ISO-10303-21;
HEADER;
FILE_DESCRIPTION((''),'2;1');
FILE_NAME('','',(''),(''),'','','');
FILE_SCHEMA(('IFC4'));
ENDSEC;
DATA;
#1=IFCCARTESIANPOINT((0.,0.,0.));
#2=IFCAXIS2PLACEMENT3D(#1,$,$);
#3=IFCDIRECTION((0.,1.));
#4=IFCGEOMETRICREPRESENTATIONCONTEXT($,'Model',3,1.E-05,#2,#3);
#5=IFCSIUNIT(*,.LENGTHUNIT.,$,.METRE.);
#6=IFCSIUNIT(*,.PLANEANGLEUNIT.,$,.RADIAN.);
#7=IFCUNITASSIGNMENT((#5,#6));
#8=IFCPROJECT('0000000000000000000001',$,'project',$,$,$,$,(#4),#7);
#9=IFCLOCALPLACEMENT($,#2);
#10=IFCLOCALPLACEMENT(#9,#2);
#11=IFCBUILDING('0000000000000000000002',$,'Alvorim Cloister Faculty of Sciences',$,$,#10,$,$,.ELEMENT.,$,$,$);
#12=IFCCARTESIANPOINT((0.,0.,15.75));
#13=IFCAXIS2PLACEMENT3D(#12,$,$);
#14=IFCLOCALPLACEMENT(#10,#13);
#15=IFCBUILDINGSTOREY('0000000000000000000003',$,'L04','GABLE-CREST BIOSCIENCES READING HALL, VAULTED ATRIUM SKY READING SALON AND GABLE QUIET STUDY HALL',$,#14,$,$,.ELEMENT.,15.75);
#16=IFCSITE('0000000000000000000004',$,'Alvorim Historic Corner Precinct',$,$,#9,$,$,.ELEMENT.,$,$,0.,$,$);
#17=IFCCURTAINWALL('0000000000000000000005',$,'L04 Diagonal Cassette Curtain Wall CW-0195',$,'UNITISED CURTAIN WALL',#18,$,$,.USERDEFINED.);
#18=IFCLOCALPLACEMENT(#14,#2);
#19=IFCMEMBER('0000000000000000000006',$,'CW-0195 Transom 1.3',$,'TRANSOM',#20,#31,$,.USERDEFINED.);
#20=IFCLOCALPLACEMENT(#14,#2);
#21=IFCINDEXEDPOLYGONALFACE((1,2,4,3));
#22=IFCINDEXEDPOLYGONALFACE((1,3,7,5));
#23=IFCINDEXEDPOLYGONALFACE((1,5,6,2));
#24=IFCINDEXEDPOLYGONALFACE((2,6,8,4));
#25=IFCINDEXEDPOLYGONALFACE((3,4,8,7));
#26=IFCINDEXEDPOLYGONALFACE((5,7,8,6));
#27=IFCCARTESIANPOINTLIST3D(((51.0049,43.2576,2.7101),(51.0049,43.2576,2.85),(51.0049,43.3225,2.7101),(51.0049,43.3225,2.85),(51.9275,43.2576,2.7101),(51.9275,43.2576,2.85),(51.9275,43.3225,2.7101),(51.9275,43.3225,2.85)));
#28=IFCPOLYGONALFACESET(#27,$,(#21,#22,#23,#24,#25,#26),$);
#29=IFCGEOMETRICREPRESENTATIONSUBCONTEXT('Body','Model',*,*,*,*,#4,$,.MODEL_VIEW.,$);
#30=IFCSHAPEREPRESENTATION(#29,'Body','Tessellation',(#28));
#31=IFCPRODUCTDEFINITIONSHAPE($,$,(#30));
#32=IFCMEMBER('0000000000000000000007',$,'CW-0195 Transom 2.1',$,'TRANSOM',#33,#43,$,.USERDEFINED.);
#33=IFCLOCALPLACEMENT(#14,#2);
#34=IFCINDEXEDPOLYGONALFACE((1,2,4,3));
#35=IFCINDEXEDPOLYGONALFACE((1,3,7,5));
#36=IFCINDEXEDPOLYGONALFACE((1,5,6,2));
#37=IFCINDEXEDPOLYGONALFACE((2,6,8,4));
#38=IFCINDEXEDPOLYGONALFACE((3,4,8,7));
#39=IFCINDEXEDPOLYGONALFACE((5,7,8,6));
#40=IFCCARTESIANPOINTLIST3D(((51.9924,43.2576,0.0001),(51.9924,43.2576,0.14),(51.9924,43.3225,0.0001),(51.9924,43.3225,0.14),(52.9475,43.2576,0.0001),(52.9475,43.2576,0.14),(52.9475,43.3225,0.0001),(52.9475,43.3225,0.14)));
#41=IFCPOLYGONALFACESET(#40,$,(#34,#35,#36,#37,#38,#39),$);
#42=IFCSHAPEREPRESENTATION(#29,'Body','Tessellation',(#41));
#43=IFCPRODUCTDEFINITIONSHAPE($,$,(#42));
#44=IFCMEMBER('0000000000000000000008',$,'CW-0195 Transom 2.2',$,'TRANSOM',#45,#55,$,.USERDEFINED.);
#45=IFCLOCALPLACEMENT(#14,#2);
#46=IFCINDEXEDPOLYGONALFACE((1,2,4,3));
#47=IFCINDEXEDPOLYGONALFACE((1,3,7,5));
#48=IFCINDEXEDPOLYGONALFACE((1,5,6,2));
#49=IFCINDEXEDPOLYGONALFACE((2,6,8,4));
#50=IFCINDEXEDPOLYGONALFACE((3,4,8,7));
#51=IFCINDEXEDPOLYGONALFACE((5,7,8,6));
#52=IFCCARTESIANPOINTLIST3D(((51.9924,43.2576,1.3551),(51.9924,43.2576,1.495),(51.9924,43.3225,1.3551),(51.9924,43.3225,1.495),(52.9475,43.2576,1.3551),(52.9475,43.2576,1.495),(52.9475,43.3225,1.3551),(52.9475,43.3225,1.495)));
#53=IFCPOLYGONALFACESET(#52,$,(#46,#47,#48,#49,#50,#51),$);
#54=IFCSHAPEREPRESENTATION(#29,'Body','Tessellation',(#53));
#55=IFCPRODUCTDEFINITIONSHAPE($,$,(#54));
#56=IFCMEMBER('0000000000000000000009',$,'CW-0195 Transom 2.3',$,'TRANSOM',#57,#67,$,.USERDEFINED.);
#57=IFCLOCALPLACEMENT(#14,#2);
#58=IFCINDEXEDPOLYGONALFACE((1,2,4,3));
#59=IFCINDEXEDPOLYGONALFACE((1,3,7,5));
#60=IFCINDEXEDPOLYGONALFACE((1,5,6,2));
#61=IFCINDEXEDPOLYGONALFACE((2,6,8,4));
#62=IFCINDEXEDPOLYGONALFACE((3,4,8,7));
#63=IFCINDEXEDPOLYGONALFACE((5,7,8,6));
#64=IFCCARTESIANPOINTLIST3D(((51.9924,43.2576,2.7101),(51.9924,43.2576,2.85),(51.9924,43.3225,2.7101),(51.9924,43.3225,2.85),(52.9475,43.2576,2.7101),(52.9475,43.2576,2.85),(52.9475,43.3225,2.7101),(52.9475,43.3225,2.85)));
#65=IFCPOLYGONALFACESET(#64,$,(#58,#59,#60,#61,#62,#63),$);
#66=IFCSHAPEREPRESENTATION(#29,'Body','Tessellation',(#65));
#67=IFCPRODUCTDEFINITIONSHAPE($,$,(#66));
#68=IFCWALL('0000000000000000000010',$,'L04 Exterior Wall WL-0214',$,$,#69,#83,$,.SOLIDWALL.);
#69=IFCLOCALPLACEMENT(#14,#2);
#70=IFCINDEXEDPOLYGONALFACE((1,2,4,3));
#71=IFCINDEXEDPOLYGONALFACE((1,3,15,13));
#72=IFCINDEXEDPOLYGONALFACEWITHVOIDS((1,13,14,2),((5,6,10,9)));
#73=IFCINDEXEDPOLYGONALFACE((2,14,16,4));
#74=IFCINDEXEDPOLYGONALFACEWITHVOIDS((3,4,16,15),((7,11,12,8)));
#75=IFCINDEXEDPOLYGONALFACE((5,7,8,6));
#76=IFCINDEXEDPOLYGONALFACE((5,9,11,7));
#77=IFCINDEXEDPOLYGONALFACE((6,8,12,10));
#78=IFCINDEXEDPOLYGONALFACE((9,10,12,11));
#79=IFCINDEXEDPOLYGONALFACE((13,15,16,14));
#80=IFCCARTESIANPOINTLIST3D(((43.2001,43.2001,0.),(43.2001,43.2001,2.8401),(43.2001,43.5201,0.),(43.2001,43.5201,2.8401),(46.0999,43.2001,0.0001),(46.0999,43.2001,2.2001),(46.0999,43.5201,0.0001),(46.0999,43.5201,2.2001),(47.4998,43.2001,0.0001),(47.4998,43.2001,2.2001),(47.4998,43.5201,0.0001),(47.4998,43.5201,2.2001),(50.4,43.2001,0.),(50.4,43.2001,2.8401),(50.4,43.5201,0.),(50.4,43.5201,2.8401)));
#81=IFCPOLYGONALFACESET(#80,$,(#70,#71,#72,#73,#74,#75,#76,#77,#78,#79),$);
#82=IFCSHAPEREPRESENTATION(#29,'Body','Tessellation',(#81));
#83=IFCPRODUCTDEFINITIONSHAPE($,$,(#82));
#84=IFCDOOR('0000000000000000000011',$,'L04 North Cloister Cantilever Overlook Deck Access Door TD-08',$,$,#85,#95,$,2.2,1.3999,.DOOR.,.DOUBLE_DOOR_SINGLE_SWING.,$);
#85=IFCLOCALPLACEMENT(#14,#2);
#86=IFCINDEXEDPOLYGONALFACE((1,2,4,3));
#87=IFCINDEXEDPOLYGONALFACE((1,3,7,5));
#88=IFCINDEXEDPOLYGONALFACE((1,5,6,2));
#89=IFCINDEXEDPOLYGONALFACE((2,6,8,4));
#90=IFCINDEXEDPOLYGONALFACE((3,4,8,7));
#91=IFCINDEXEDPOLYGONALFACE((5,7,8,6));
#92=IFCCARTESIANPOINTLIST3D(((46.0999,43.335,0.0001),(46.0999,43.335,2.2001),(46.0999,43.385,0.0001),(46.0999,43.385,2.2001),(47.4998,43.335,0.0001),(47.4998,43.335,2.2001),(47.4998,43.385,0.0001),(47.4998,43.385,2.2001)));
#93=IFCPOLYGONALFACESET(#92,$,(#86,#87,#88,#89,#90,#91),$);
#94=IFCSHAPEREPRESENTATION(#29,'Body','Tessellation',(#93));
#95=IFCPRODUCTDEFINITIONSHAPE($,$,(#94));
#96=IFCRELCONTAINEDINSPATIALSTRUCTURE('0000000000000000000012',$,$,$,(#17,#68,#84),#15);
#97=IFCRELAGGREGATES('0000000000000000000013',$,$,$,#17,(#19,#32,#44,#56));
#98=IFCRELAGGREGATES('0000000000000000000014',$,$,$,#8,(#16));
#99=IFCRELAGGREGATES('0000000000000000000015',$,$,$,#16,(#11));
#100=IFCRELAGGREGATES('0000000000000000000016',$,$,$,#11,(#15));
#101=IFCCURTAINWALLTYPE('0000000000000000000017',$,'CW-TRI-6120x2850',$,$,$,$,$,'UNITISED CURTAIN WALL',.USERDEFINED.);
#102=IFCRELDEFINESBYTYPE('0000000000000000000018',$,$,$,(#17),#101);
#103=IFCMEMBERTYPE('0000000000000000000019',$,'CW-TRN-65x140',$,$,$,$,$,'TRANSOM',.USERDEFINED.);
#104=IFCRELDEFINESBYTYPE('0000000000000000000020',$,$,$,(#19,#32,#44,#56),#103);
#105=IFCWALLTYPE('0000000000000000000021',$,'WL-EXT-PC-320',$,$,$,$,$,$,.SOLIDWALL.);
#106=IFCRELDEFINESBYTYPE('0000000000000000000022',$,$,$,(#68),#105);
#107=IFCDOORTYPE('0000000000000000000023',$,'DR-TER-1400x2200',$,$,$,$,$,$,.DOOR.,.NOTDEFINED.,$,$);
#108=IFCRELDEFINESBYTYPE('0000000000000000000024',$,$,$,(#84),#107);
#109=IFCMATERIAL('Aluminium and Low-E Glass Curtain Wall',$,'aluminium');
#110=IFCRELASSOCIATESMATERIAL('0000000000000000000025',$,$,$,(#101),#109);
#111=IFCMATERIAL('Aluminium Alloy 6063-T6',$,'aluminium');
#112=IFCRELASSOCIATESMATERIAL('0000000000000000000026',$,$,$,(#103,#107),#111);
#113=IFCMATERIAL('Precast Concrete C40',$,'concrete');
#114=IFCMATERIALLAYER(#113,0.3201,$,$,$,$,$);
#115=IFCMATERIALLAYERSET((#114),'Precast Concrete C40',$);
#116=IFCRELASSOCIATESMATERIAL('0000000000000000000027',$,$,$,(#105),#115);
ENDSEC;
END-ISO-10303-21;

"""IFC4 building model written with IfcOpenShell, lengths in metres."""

from ifc_helpers import new_model, si_unit, direction, frame, frame_2d, origin, origin_2d, place, context, subcontext, project, spatial, rectangle, extrude, material, layer, layer_set, material_profile, profile_set, type_object, element, fill, aggregate, save


model = new_model("IFC4")

# Units and contexts
model_context = context("Model", 3, precision=1e-05, world=origin(), true_north=direction((0.0, 1.0)))
body_context = subcontext(model_context, "Body", "Model", "MODEL_VIEW")
ifc_project = project(units=[si_unit("LENGTHUNIT", "METRE"), si_unit("PLANEANGLEUNIT", "RADIAN")], contexts=[model_context])

# Site, building, storey
site_placement = place(None, origin())
site = spatial("IfcSite", under=ifc_project, at=site_placement, Name="Alvorim Historic Corner Precinct", CompositionType="ELEMENT", RefElevation=0.0)
building_placement = place(site_placement, origin())
building = spatial("IfcBuilding", under=site, at=building_placement, Name="Alvorim Cloister Faculty of Sciences", CompositionType="ELEMENT")
storey_placement = place(building_placement, frame((0.0, 0.0, 15.75)))
storey = spatial("IfcBuildingStorey", under=building, at=storey_placement, Name="L04", Description="GABLE-CREST BIOSCIENCES READING HALL, VAULTED ATRIUM SKY READING SALON AND GABLE QUIET STUDY HALL", CompositionType="ELEMENT", Elevation=15.75)

# Curtain wall, members
ifc_material_1 = material(Name="Aluminium and Low-E Glass Curtain Wall", Category="aluminium")
curtain_wall_type = type_object("IfcCurtainWallType", Name="CW-TRI-6120x2850", ElementType="UNITISED CURTAIN WALL", PredefinedType="USERDEFINED", material=ifc_material_1)
curtain_wall_placement = place(storey_placement, origin())
curtain_wall = element("IfcCurtainWall", 1, at=curtain_wall_placement, inside=storey, type_object=curtain_wall_type, Name="L04 Diagonal Cassette Curtain Wall CW-0195", ObjectType="UNITISED CURTAIN WALL", PredefinedType="USERDEFINED")
ifc_material_2 = material(Name="Aluminium Alloy 6063-T6", Category="aluminium")
ifc_material_profile_1 = material_profile(ifc_material_2, rectangle(XDim=0.0649, YDim=0.1399, at=origin_2d()), Name="ALU-TRN-65x140")
ifc_profile_set_1 = profile_set([ifc_material_profile_1], Name="Aluminium Alloy 6063-T6")
member_type_1 = type_object("IfcMemberType", Name="CW-TRN-65x140", ElementType="TRANSOM", PredefinedType="USERDEFINED", material=ifc_profile_set_1)
member_1_placement = place(storey_placement, frame((51.0049, 43.29, 2.78), z_axis=(1.0, 0.0, 0.0), x_axis=(0.0, 1.0, 0.0)))
member_1 = element("IfcMember", 2, at=member_1_placement, type_object=member_type_1, Name="CW-0195 Transom 1.3", ObjectType="TRANSOM", PredefinedType="USERDEFINED", context=body_context, shape_type="SweptSolid", body=[
    extrude(rectangle(XDim=0.0649, YDim=0.1399, at=origin_2d()), origin(), (0.0, 0.0, 1.0), 0.9226),
])
member_2_placement = place(storey_placement, frame((51.9924, 43.29, 0.0701), z_axis=(1.0, 0.0, 0.0), x_axis=(0.0, 1.0, 0.0)))
member_2 = element("IfcMember", 3, at=member_2_placement, type_object=member_type_1, Name="CW-0195 Transom 2.1", ObjectType="TRANSOM", PredefinedType="USERDEFINED", context=body_context, shape_type="SweptSolid", body=[
    extrude(rectangle(XDim=0.0649, YDim=0.1399, at=origin_2d()), origin(), (0.0, 0.0, 1.0), 0.9551),
])
member_3_placement = place(storey_placement, frame((51.9924, 43.29, 1.425), z_axis=(1.0, 0.0, 0.0), x_axis=(0.0, 1.0, 0.0)))
member_3 = element("IfcMember", 4, at=member_3_placement, type_object=member_type_1, Name="CW-0195 Transom 2.2", ObjectType="TRANSOM", PredefinedType="USERDEFINED", context=body_context, shape_type="SweptSolid", body=[
    extrude(rectangle(XDim=0.0649, YDim=0.1399, at=origin_2d()), origin(), (0.0, 0.0, 1.0), 0.9551),
])
member_4_placement = place(storey_placement, frame((51.9924, 43.29, 2.78), z_axis=(1.0, 0.0, 0.0), x_axis=(0.0, 1.0, 0.0)))
member_4 = element("IfcMember", 5, at=member_4_placement, type_object=member_type_1, Name="CW-0195 Transom 2.3", ObjectType="TRANSOM", PredefinedType="USERDEFINED", context=body_context, shape_type="SweptSolid", body=[
    extrude(rectangle(XDim=0.0649, YDim=0.1399, at=origin_2d()), origin(), (0.0, 0.0, 1.0), 0.9551),
])
aggregate(curtain_wall, [member_1, member_2, member_3, member_4])

# Wall, opening, door
ifc_material_3 = material(Name="Precast Concrete C40", Category="concrete")
ifc_layer = layer(ifc_material_3, 0.3201)
ifc_layer_set = layer_set([ifc_layer], Name="Precast Concrete C40")
wall_type = type_object("IfcWallType", Name="WL-EXT-PC-320", PredefinedType="SOLIDWALL", material=ifc_layer_set)
wall_placement = place(storey_placement, frame((43.2, 43.3601, 0.0), z_axis=(0.0, 0.0, 1.0), x_axis=(1.0, 0.0, 0.0)))
wall = element("IfcWall", 6, at=wall_placement, inside=storey, type_object=wall_type, Name="L04 Exterior Wall WL-0214", PredefinedType="SOLIDWALL", context=body_context, shape_type="SweptSolid", body=[
    extrude(rectangle(XDim=7.2, YDim=0.3201, at=frame_2d((3.6001, 0.0))), origin(), (0.0, 0.0, 1.0), 2.8401),
])
opening_placement = place(wall_placement, frame((2.8999, 0.0, 0.0)))
opening = element("IfcOpeningElement", 7, at=opening_placement, cuts=wall, PredefinedType="OPENING", context=body_context, shape_type="SweptSolid", body=[
    extrude(rectangle(XDim=1.3999, YDim=2.2, at=frame_2d((0.7, 1.1001))), frame((0.0, 0.1719, 0.0), z_axis=(0.0, -1.0, 0.0), x_axis=(1.0, 0.0, 0.0)), (0.0, 0.0, 1.0), 0.344),
])
door_type = type_object("IfcDoorType", Name="DR-TER-1400x2200", OperationType="NOTDEFINED", PredefinedType="DOOR", material=ifc_material_2)
door_placement = place(opening_placement, origin())
door = element("IfcDoor", 8, at=door_placement, inside=storey, type_object=door_type, Name="L04 North Cloister Cantilever Overlook Deck Access Door TD-08", OperationType="DOUBLE_DOOR_SINGLE_SWING", OverallHeight=2.2, OverallWidth=1.3999, PredefinedType="DOOR", context=body_context, shape_type="SweptSolid", body=[
    extrude(rectangle(XDim=1.3999, YDim=2.2, at=frame_2d((0.7, 1.1001))), frame((0.0, 0.0249, 0.0), z_axis=(0.0, -1.0, 0.0), x_axis=(1.0, 0.0, 0.0)), (0.0, 0.0, 1.0), 0.05),
])
fill(opening, door)

save(model, "model.ifc")
